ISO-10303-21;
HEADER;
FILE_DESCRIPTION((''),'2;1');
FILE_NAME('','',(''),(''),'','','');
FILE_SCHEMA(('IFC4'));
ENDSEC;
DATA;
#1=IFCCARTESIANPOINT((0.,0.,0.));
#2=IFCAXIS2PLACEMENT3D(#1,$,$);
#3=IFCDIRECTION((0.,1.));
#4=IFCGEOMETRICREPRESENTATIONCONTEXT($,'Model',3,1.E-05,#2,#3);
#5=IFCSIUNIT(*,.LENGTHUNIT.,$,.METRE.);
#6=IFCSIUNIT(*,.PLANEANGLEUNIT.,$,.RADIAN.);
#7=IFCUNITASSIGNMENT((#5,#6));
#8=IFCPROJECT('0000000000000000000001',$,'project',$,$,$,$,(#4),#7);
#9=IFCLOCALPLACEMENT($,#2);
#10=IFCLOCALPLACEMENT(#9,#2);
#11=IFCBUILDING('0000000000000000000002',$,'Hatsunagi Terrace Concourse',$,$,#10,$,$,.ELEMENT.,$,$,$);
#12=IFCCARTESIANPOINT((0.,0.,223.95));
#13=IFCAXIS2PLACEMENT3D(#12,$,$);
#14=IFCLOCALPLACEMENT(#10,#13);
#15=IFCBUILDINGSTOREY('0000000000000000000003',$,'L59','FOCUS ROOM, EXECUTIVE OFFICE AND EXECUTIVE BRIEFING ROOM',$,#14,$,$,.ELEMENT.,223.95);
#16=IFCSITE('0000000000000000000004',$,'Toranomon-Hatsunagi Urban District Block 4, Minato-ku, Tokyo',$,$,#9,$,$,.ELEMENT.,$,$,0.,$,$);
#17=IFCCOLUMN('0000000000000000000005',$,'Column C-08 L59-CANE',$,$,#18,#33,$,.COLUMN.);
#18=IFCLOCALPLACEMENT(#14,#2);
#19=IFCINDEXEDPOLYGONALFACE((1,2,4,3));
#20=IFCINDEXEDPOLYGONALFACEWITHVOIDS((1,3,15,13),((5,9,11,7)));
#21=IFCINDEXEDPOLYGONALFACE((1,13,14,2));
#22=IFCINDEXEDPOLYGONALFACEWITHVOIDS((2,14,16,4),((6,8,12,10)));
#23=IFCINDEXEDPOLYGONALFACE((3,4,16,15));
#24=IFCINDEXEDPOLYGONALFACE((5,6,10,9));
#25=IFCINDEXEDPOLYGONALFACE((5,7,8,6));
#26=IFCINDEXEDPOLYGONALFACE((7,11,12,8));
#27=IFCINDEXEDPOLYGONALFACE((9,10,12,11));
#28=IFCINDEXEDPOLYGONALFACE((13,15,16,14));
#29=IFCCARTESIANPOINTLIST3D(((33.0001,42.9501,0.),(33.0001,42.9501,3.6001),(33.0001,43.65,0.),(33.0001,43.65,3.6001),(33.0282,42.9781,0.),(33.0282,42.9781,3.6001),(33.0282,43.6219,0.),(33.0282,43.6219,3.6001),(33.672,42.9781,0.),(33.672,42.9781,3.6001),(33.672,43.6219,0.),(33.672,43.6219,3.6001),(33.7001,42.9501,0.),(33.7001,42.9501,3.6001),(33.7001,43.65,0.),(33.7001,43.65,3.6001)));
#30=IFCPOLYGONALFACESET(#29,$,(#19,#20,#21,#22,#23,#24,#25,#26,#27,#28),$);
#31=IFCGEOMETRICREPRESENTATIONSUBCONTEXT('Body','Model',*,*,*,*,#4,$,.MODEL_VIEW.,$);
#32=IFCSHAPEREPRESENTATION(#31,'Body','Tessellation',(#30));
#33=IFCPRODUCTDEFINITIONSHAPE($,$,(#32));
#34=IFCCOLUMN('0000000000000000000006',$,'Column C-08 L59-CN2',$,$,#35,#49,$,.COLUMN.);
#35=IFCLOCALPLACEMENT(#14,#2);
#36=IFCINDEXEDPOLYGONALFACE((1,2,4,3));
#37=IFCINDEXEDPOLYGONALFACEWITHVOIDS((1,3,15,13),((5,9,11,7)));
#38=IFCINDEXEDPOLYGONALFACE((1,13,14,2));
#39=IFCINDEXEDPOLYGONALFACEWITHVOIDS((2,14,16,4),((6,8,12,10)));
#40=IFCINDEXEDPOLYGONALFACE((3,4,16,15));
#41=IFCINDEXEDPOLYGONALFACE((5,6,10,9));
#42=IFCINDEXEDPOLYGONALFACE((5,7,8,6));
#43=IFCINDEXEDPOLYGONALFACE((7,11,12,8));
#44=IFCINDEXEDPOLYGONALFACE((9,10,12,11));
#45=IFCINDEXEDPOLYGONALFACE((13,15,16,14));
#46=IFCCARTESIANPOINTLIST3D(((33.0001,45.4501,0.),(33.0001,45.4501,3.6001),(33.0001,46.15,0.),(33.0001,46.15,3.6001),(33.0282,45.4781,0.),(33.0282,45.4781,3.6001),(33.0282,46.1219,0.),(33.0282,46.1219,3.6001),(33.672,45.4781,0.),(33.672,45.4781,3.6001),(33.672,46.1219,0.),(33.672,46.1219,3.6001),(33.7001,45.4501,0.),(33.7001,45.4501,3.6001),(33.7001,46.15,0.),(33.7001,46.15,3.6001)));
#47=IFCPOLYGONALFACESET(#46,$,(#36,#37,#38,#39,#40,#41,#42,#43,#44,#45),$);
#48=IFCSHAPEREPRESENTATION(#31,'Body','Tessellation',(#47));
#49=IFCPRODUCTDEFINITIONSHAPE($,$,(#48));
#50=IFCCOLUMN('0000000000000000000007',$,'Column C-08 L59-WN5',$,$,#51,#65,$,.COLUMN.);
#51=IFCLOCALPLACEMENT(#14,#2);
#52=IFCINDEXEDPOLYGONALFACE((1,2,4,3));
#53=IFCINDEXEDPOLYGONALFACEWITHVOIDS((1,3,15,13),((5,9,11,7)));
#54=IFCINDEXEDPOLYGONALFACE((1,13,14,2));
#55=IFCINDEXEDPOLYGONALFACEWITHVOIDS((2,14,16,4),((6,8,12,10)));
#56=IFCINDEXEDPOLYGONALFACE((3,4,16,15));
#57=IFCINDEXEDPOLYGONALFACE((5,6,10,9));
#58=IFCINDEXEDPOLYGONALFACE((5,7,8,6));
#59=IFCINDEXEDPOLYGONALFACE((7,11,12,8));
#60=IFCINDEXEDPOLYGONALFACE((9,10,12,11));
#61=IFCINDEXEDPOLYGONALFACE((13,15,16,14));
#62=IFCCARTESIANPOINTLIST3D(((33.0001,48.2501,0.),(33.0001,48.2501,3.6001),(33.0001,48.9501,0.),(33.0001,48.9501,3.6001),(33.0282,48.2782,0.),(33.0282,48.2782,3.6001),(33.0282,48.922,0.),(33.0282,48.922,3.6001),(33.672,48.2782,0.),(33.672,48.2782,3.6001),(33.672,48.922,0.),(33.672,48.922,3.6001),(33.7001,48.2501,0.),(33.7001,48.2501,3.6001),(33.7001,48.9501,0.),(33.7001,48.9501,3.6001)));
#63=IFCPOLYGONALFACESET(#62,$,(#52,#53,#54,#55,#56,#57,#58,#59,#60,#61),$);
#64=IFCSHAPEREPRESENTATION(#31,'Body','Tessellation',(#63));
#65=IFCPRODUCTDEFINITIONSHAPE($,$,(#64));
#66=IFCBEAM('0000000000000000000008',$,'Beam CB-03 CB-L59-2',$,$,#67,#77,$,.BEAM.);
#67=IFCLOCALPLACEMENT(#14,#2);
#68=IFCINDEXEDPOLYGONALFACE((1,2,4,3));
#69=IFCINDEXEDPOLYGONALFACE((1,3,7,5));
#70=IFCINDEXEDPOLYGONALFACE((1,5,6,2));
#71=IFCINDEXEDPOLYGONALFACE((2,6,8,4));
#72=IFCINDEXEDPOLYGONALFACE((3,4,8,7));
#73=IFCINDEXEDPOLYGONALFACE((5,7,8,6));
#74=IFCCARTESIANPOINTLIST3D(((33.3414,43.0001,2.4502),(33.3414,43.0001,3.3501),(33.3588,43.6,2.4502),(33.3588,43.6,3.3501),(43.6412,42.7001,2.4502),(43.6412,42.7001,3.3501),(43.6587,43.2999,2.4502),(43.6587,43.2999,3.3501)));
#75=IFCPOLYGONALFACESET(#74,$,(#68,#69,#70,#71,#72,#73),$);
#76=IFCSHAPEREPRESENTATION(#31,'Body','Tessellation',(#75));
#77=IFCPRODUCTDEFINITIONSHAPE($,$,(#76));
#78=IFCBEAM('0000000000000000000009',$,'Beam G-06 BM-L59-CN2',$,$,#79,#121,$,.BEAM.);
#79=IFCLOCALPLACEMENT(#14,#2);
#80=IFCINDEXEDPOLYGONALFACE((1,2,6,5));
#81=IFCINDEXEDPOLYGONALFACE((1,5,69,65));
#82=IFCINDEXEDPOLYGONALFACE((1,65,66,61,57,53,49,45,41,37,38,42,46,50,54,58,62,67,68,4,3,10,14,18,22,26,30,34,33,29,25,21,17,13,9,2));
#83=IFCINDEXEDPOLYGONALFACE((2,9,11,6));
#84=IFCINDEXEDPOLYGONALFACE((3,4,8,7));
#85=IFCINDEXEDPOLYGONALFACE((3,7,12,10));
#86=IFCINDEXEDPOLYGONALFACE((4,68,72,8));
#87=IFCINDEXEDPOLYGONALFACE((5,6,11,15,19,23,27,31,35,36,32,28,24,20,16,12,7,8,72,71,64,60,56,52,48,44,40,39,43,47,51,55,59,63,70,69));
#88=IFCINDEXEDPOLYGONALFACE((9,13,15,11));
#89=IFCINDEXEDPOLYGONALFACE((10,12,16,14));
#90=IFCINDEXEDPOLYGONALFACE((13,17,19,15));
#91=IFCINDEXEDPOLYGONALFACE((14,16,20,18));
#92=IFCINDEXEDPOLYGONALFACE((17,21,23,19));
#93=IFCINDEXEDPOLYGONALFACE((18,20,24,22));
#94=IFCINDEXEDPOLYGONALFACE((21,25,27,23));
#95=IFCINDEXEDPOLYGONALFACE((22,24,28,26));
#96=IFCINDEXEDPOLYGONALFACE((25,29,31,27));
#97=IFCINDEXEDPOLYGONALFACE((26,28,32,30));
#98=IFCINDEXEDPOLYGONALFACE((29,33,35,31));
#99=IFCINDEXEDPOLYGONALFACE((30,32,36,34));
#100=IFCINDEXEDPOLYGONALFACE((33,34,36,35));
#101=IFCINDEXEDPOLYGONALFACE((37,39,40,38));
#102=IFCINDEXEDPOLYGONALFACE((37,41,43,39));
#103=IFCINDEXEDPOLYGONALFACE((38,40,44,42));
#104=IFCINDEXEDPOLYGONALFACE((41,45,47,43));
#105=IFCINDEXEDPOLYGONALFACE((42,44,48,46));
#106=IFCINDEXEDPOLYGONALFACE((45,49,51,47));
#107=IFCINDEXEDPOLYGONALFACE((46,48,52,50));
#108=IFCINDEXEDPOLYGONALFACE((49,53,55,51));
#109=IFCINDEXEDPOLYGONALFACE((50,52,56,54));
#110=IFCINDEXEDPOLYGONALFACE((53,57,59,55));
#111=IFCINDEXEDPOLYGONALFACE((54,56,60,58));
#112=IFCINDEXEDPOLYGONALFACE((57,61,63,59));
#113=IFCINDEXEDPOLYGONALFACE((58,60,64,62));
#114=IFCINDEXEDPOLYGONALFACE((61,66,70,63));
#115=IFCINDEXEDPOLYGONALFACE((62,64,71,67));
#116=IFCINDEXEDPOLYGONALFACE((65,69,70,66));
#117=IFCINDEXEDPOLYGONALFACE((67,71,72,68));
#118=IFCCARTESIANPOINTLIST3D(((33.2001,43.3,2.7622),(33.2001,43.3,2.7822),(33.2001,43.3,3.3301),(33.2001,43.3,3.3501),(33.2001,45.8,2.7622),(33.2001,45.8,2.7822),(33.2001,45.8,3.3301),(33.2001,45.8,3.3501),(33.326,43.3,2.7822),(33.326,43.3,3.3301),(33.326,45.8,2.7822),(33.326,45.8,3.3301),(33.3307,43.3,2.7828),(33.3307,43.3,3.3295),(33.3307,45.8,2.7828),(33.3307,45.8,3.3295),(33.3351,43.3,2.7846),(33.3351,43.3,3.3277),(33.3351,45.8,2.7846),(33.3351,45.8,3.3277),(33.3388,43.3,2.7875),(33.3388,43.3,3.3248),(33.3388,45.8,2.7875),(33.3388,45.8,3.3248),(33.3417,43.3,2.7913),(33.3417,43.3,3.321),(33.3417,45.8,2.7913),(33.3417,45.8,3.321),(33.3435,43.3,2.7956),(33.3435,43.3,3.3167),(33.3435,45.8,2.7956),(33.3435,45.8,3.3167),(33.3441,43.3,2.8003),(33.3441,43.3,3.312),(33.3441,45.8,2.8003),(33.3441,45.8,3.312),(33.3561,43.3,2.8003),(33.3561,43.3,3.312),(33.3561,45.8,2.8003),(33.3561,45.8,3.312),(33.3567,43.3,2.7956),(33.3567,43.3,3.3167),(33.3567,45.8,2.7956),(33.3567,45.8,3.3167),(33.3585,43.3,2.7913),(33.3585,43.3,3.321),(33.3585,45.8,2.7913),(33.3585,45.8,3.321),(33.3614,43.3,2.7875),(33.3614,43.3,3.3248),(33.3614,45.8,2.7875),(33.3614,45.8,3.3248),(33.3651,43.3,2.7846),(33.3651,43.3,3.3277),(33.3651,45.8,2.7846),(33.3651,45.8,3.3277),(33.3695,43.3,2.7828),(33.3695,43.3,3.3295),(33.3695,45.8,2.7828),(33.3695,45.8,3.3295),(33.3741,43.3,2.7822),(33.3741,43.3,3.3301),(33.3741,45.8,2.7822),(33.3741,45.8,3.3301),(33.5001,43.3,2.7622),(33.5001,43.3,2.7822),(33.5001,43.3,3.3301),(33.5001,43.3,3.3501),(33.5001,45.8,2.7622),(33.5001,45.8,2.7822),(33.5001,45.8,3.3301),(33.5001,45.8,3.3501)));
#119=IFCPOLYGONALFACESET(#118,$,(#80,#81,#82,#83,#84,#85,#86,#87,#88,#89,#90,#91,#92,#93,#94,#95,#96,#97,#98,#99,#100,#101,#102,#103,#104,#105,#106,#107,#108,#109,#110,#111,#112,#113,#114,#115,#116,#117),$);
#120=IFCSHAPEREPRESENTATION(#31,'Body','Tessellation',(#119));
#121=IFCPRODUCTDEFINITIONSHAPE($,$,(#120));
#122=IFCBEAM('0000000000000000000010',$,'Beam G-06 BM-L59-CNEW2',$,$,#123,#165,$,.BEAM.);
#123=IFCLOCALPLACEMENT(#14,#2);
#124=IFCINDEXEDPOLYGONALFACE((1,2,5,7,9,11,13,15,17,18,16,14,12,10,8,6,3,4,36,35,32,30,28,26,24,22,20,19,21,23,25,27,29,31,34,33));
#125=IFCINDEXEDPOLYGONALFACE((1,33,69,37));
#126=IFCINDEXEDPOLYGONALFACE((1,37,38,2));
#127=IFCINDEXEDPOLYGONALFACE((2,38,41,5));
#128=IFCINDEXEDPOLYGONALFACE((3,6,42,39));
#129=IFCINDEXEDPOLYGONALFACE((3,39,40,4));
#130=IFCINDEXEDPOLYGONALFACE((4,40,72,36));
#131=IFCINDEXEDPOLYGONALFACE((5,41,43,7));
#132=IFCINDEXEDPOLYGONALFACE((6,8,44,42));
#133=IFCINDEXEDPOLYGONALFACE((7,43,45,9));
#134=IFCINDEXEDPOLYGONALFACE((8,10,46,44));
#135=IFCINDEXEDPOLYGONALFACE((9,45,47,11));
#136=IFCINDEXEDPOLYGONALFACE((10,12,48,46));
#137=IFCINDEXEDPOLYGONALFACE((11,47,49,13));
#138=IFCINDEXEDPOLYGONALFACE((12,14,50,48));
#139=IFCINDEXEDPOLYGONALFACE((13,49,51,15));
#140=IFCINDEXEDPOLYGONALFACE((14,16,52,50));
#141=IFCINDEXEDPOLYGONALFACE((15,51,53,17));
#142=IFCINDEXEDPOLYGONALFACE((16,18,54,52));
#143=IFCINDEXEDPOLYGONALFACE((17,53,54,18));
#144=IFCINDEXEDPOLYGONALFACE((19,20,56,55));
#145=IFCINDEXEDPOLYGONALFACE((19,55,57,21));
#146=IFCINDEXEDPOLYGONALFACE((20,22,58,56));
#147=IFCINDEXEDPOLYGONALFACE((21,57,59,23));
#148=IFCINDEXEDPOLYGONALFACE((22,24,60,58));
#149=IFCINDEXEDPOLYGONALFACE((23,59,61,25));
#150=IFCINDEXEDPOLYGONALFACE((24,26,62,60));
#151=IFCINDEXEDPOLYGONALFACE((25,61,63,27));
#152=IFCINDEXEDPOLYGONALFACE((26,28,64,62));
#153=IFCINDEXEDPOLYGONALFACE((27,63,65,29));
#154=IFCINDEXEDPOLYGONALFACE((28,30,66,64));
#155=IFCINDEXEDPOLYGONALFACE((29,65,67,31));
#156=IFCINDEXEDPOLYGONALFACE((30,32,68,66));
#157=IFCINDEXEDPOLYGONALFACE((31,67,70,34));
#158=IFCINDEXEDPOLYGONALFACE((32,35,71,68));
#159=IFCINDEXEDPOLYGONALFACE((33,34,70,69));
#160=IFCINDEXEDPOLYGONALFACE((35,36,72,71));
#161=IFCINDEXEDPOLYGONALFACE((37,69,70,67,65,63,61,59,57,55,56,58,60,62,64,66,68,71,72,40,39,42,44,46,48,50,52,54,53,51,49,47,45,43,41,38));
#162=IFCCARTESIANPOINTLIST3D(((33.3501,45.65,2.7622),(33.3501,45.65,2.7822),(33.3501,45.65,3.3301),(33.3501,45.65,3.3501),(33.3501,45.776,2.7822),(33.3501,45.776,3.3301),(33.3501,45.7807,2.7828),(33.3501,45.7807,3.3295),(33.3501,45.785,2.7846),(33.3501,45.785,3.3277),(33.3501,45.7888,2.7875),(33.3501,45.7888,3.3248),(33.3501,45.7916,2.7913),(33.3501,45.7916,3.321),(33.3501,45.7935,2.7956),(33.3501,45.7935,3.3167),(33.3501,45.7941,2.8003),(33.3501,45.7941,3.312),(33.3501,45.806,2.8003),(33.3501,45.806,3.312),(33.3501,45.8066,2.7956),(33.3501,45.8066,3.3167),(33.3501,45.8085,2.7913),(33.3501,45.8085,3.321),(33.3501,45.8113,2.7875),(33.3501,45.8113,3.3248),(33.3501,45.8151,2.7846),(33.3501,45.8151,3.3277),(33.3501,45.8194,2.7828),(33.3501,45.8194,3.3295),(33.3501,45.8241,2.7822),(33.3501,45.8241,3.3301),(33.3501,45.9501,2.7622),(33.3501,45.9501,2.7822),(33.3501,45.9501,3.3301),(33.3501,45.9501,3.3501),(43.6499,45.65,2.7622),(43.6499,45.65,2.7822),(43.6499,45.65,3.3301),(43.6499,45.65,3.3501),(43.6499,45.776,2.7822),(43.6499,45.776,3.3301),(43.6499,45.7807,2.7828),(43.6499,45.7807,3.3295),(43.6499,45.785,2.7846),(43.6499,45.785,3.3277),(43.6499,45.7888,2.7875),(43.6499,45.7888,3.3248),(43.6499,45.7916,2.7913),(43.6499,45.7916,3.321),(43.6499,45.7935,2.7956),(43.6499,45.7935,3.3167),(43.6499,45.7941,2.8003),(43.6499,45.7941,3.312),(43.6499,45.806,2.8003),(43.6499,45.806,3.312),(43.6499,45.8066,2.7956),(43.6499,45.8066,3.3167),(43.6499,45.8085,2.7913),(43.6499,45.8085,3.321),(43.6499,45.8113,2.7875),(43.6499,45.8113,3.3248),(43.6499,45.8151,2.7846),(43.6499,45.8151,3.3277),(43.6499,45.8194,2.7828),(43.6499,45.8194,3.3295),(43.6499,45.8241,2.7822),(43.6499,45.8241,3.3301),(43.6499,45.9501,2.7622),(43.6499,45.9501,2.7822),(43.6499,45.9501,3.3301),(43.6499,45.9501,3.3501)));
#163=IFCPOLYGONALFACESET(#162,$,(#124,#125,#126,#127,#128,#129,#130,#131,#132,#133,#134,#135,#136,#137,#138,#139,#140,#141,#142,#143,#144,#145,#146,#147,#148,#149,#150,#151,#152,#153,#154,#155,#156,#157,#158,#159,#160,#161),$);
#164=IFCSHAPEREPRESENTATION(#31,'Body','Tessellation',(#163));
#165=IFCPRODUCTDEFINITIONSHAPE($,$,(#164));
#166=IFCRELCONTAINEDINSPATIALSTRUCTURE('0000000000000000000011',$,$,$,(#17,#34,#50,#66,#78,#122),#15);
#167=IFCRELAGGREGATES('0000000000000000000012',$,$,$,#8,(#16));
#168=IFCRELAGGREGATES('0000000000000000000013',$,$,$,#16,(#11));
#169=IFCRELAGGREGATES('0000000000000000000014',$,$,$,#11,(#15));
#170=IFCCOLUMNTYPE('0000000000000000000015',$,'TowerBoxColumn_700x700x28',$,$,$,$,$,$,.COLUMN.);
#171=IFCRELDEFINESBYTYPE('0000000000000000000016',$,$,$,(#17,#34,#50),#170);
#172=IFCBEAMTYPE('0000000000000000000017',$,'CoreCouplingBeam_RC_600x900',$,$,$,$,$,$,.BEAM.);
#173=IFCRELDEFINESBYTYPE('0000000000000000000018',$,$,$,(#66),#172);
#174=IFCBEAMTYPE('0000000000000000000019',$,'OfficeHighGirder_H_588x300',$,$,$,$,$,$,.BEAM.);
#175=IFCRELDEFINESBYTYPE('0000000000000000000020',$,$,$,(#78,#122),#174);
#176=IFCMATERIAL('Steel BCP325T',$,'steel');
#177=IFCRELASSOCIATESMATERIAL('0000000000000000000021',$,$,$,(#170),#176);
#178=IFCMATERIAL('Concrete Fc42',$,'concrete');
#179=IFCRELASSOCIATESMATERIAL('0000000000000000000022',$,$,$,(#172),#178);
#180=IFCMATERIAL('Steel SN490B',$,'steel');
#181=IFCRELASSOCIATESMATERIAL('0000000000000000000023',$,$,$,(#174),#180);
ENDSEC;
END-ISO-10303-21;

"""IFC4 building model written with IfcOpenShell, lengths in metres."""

from ifc_helpers import new_model, si_unit, direction, frame, origin, origin_2d, place, context, subcontext, project, spatial, rectangle, hollow_rectangle, i_section, extrude, material, material_profile, profile_set, type_object, element, save


model = new_model("IFC4")

# Units and contexts
model_context = context("Model", 3, precision=1e-05, world=origin(), true_north=direction((0.0, 1.0)))
body_context = subcontext(model_context, "Body", "Model", "MODEL_VIEW")
ifc_project = project(units=[si_unit("LENGTHUNIT", "METRE"), si_unit("PLANEANGLEUNIT", "RADIAN")], contexts=[model_context])

# Site, building, storey
site_placement = place(None, origin())
site = spatial("IfcSite", under=ifc_project, at=site_placement, Name="Toranomon-Hatsunagi Urban District Block 4, Minato-ku, Tokyo", CompositionType="ELEMENT", RefElevation=0.0)
building_placement = place(site_placement, origin())
building = spatial("IfcBuilding", under=site, at=building_placement, Name="Hatsunagi Terrace Concourse", CompositionType="ELEMENT")
storey_placement = place(building_placement, frame((0.0, 0.0, 223.95)))
storey = spatial("IfcBuildingStorey", under=building, at=storey_placement, Name="L59", Description="FOCUS ROOM, EXECUTIVE OFFICE AND EXECUTIVE BRIEFING ROOM", CompositionType="ELEMENT", Elevation=223.95)

# Columns
ifc_material_1 = material(Name="Steel BCP325T", Category="steel")
ifc_material_profile_1 = material_profile(ifc_material_1, hollow_rectangle(XDim=0.7, YDim=0.7, WallThickness=0.0281, at=origin_2d()), Name="BCP-700x700x28")
ifc_profile_set_1 = profile_set([ifc_material_profile_1], Name="Steel BCP325T")
column_type = type_object("IfcColumnType", Name="TowerBoxColumn_700x700x28", PredefinedType="COLUMN", material=ifc_profile_set_1)
for number, where, z_axis, x_axis, name in (
    (1, (33.3501, 43.3, 0.0), (0.0, 0.0, 1.0), (1.0, 0.0, 0.0), "Column C-08 L59-CANE"),
    (2, (33.3501, 45.8, 0.0), (0.0, 0.0, 1.0), (1.0, 0.0, 0.0), "Column C-08 L59-CN2"),
    (3, (33.3501, 48.6001, 0.0), (0.0, 0.0, 1.0), (1.0, 0.0, 0.0), "Column C-08 L59-WN5"),
):
    element("IfcColumn", number, at=place(storey_placement, frame(where, z_axis=z_axis, x_axis=x_axis)), inside=storey, type_object=column_type, Name=name, PredefinedType="COLUMN", context=body_context, shape_type="SweptSolid", body=[
        extrude(hollow_rectangle(XDim=0.7, YDim=0.7, WallThickness=0.0281, at=origin_2d()), origin(), (0.0, 0.0, 1.0), 3.6001),
    ])

# Beams
ifc_material_2 = material(Name="Concrete Fc42", Category="concrete")
ifc_material_profile_2 = material_profile(ifc_material_2, rectangle(XDim=0.6001, YDim=0.8999, at=origin_2d()), Name="RC-600x900")
ifc_profile_set_2 = profile_set([ifc_material_profile_2], Name="Concrete Fc42")
beam_type_1 = type_object("IfcBeamType", Name="CoreCouplingBeam_RC_600x900", PredefinedType="BEAM", material=ifc_profile_set_2)
beam_1_placement = place(storey_placement, frame((33.3501, 43.3, 2.9001), z_axis=(0.999576, -0.029119, 0.0), x_axis=(0.029119, 0.999576, 0.0)))
element("IfcBeam", 4, at=beam_1_placement, inside=storey, type_object=beam_type_1, Name="Beam CB-03 CB-L59-2", PredefinedType="BEAM", context=body_context, shape_type="SweptSolid", body=[
    extrude(rectangle(XDim=0.6001, YDim=0.8999, at=origin_2d()), origin(), (0.0, 0.0, 1.0), 10.3042),
])
ifc_material_3 = material(Name="Steel SN490B", Category="steel")
ifc_material_profile_3 = material_profile(ifc_material_3, i_section(OverallWidth=0.3, OverallDepth=0.5879, WebThickness=0.012, FlangeThickness=0.02, FilletRadius=0.0181, at=origin_2d()), Name="H-588x300x12x20")
ifc_profile_set_3 = profile_set([ifc_material_profile_3], Name="Steel SN490B")
beam_type_2 = type_object("IfcBeamType", Name="OfficeHighGirder_H_588x300", PredefinedType="BEAM", material=ifc_profile_set_3)
beam_2_placement = place(storey_placement, frame((33.3501, 43.3, 3.0562), z_axis=(0.0, 1.0, 0.0), x_axis=(-1.0, 0.0, 0.0)))
element("IfcBeam", 5, at=beam_2_placement, inside=storey, type_object=beam_type_2, Name="Beam G-06 BM-L59-CN2", PredefinedType="BEAM", context=body_context, shape_type="SweptSolid", body=[
    extrude(i_section(OverallWidth=0.3, OverallDepth=0.5879, WebThickness=0.012, FlangeThickness=0.02, FilletRadius=0.0181, at=origin_2d()), origin(), (0.0, 0.0, 1.0), 2.5),
])
beam_3_placement = place(storey_placement, frame((33.3501, 45.8, 3.0562), z_axis=(1.0, 0.0, 0.0), x_axis=(0.0, 1.0, 0.0)))
element("IfcBeam", 6, at=beam_3_placement, inside=storey, type_object=beam_type_2, Name="Beam G-06 BM-L59-CNEW2", PredefinedType="BEAM", context=body_context, shape_type="SweptSolid", body=[
    extrude(i_section(OverallWidth=0.3, OverallDepth=0.5879, WebThickness=0.012, FlangeThickness=0.02, FilletRadius=0.0181, at=origin_2d()), origin(), (0.0, 0.0, 1.0), 10.2998),
])

save(model, "model.ifc")
